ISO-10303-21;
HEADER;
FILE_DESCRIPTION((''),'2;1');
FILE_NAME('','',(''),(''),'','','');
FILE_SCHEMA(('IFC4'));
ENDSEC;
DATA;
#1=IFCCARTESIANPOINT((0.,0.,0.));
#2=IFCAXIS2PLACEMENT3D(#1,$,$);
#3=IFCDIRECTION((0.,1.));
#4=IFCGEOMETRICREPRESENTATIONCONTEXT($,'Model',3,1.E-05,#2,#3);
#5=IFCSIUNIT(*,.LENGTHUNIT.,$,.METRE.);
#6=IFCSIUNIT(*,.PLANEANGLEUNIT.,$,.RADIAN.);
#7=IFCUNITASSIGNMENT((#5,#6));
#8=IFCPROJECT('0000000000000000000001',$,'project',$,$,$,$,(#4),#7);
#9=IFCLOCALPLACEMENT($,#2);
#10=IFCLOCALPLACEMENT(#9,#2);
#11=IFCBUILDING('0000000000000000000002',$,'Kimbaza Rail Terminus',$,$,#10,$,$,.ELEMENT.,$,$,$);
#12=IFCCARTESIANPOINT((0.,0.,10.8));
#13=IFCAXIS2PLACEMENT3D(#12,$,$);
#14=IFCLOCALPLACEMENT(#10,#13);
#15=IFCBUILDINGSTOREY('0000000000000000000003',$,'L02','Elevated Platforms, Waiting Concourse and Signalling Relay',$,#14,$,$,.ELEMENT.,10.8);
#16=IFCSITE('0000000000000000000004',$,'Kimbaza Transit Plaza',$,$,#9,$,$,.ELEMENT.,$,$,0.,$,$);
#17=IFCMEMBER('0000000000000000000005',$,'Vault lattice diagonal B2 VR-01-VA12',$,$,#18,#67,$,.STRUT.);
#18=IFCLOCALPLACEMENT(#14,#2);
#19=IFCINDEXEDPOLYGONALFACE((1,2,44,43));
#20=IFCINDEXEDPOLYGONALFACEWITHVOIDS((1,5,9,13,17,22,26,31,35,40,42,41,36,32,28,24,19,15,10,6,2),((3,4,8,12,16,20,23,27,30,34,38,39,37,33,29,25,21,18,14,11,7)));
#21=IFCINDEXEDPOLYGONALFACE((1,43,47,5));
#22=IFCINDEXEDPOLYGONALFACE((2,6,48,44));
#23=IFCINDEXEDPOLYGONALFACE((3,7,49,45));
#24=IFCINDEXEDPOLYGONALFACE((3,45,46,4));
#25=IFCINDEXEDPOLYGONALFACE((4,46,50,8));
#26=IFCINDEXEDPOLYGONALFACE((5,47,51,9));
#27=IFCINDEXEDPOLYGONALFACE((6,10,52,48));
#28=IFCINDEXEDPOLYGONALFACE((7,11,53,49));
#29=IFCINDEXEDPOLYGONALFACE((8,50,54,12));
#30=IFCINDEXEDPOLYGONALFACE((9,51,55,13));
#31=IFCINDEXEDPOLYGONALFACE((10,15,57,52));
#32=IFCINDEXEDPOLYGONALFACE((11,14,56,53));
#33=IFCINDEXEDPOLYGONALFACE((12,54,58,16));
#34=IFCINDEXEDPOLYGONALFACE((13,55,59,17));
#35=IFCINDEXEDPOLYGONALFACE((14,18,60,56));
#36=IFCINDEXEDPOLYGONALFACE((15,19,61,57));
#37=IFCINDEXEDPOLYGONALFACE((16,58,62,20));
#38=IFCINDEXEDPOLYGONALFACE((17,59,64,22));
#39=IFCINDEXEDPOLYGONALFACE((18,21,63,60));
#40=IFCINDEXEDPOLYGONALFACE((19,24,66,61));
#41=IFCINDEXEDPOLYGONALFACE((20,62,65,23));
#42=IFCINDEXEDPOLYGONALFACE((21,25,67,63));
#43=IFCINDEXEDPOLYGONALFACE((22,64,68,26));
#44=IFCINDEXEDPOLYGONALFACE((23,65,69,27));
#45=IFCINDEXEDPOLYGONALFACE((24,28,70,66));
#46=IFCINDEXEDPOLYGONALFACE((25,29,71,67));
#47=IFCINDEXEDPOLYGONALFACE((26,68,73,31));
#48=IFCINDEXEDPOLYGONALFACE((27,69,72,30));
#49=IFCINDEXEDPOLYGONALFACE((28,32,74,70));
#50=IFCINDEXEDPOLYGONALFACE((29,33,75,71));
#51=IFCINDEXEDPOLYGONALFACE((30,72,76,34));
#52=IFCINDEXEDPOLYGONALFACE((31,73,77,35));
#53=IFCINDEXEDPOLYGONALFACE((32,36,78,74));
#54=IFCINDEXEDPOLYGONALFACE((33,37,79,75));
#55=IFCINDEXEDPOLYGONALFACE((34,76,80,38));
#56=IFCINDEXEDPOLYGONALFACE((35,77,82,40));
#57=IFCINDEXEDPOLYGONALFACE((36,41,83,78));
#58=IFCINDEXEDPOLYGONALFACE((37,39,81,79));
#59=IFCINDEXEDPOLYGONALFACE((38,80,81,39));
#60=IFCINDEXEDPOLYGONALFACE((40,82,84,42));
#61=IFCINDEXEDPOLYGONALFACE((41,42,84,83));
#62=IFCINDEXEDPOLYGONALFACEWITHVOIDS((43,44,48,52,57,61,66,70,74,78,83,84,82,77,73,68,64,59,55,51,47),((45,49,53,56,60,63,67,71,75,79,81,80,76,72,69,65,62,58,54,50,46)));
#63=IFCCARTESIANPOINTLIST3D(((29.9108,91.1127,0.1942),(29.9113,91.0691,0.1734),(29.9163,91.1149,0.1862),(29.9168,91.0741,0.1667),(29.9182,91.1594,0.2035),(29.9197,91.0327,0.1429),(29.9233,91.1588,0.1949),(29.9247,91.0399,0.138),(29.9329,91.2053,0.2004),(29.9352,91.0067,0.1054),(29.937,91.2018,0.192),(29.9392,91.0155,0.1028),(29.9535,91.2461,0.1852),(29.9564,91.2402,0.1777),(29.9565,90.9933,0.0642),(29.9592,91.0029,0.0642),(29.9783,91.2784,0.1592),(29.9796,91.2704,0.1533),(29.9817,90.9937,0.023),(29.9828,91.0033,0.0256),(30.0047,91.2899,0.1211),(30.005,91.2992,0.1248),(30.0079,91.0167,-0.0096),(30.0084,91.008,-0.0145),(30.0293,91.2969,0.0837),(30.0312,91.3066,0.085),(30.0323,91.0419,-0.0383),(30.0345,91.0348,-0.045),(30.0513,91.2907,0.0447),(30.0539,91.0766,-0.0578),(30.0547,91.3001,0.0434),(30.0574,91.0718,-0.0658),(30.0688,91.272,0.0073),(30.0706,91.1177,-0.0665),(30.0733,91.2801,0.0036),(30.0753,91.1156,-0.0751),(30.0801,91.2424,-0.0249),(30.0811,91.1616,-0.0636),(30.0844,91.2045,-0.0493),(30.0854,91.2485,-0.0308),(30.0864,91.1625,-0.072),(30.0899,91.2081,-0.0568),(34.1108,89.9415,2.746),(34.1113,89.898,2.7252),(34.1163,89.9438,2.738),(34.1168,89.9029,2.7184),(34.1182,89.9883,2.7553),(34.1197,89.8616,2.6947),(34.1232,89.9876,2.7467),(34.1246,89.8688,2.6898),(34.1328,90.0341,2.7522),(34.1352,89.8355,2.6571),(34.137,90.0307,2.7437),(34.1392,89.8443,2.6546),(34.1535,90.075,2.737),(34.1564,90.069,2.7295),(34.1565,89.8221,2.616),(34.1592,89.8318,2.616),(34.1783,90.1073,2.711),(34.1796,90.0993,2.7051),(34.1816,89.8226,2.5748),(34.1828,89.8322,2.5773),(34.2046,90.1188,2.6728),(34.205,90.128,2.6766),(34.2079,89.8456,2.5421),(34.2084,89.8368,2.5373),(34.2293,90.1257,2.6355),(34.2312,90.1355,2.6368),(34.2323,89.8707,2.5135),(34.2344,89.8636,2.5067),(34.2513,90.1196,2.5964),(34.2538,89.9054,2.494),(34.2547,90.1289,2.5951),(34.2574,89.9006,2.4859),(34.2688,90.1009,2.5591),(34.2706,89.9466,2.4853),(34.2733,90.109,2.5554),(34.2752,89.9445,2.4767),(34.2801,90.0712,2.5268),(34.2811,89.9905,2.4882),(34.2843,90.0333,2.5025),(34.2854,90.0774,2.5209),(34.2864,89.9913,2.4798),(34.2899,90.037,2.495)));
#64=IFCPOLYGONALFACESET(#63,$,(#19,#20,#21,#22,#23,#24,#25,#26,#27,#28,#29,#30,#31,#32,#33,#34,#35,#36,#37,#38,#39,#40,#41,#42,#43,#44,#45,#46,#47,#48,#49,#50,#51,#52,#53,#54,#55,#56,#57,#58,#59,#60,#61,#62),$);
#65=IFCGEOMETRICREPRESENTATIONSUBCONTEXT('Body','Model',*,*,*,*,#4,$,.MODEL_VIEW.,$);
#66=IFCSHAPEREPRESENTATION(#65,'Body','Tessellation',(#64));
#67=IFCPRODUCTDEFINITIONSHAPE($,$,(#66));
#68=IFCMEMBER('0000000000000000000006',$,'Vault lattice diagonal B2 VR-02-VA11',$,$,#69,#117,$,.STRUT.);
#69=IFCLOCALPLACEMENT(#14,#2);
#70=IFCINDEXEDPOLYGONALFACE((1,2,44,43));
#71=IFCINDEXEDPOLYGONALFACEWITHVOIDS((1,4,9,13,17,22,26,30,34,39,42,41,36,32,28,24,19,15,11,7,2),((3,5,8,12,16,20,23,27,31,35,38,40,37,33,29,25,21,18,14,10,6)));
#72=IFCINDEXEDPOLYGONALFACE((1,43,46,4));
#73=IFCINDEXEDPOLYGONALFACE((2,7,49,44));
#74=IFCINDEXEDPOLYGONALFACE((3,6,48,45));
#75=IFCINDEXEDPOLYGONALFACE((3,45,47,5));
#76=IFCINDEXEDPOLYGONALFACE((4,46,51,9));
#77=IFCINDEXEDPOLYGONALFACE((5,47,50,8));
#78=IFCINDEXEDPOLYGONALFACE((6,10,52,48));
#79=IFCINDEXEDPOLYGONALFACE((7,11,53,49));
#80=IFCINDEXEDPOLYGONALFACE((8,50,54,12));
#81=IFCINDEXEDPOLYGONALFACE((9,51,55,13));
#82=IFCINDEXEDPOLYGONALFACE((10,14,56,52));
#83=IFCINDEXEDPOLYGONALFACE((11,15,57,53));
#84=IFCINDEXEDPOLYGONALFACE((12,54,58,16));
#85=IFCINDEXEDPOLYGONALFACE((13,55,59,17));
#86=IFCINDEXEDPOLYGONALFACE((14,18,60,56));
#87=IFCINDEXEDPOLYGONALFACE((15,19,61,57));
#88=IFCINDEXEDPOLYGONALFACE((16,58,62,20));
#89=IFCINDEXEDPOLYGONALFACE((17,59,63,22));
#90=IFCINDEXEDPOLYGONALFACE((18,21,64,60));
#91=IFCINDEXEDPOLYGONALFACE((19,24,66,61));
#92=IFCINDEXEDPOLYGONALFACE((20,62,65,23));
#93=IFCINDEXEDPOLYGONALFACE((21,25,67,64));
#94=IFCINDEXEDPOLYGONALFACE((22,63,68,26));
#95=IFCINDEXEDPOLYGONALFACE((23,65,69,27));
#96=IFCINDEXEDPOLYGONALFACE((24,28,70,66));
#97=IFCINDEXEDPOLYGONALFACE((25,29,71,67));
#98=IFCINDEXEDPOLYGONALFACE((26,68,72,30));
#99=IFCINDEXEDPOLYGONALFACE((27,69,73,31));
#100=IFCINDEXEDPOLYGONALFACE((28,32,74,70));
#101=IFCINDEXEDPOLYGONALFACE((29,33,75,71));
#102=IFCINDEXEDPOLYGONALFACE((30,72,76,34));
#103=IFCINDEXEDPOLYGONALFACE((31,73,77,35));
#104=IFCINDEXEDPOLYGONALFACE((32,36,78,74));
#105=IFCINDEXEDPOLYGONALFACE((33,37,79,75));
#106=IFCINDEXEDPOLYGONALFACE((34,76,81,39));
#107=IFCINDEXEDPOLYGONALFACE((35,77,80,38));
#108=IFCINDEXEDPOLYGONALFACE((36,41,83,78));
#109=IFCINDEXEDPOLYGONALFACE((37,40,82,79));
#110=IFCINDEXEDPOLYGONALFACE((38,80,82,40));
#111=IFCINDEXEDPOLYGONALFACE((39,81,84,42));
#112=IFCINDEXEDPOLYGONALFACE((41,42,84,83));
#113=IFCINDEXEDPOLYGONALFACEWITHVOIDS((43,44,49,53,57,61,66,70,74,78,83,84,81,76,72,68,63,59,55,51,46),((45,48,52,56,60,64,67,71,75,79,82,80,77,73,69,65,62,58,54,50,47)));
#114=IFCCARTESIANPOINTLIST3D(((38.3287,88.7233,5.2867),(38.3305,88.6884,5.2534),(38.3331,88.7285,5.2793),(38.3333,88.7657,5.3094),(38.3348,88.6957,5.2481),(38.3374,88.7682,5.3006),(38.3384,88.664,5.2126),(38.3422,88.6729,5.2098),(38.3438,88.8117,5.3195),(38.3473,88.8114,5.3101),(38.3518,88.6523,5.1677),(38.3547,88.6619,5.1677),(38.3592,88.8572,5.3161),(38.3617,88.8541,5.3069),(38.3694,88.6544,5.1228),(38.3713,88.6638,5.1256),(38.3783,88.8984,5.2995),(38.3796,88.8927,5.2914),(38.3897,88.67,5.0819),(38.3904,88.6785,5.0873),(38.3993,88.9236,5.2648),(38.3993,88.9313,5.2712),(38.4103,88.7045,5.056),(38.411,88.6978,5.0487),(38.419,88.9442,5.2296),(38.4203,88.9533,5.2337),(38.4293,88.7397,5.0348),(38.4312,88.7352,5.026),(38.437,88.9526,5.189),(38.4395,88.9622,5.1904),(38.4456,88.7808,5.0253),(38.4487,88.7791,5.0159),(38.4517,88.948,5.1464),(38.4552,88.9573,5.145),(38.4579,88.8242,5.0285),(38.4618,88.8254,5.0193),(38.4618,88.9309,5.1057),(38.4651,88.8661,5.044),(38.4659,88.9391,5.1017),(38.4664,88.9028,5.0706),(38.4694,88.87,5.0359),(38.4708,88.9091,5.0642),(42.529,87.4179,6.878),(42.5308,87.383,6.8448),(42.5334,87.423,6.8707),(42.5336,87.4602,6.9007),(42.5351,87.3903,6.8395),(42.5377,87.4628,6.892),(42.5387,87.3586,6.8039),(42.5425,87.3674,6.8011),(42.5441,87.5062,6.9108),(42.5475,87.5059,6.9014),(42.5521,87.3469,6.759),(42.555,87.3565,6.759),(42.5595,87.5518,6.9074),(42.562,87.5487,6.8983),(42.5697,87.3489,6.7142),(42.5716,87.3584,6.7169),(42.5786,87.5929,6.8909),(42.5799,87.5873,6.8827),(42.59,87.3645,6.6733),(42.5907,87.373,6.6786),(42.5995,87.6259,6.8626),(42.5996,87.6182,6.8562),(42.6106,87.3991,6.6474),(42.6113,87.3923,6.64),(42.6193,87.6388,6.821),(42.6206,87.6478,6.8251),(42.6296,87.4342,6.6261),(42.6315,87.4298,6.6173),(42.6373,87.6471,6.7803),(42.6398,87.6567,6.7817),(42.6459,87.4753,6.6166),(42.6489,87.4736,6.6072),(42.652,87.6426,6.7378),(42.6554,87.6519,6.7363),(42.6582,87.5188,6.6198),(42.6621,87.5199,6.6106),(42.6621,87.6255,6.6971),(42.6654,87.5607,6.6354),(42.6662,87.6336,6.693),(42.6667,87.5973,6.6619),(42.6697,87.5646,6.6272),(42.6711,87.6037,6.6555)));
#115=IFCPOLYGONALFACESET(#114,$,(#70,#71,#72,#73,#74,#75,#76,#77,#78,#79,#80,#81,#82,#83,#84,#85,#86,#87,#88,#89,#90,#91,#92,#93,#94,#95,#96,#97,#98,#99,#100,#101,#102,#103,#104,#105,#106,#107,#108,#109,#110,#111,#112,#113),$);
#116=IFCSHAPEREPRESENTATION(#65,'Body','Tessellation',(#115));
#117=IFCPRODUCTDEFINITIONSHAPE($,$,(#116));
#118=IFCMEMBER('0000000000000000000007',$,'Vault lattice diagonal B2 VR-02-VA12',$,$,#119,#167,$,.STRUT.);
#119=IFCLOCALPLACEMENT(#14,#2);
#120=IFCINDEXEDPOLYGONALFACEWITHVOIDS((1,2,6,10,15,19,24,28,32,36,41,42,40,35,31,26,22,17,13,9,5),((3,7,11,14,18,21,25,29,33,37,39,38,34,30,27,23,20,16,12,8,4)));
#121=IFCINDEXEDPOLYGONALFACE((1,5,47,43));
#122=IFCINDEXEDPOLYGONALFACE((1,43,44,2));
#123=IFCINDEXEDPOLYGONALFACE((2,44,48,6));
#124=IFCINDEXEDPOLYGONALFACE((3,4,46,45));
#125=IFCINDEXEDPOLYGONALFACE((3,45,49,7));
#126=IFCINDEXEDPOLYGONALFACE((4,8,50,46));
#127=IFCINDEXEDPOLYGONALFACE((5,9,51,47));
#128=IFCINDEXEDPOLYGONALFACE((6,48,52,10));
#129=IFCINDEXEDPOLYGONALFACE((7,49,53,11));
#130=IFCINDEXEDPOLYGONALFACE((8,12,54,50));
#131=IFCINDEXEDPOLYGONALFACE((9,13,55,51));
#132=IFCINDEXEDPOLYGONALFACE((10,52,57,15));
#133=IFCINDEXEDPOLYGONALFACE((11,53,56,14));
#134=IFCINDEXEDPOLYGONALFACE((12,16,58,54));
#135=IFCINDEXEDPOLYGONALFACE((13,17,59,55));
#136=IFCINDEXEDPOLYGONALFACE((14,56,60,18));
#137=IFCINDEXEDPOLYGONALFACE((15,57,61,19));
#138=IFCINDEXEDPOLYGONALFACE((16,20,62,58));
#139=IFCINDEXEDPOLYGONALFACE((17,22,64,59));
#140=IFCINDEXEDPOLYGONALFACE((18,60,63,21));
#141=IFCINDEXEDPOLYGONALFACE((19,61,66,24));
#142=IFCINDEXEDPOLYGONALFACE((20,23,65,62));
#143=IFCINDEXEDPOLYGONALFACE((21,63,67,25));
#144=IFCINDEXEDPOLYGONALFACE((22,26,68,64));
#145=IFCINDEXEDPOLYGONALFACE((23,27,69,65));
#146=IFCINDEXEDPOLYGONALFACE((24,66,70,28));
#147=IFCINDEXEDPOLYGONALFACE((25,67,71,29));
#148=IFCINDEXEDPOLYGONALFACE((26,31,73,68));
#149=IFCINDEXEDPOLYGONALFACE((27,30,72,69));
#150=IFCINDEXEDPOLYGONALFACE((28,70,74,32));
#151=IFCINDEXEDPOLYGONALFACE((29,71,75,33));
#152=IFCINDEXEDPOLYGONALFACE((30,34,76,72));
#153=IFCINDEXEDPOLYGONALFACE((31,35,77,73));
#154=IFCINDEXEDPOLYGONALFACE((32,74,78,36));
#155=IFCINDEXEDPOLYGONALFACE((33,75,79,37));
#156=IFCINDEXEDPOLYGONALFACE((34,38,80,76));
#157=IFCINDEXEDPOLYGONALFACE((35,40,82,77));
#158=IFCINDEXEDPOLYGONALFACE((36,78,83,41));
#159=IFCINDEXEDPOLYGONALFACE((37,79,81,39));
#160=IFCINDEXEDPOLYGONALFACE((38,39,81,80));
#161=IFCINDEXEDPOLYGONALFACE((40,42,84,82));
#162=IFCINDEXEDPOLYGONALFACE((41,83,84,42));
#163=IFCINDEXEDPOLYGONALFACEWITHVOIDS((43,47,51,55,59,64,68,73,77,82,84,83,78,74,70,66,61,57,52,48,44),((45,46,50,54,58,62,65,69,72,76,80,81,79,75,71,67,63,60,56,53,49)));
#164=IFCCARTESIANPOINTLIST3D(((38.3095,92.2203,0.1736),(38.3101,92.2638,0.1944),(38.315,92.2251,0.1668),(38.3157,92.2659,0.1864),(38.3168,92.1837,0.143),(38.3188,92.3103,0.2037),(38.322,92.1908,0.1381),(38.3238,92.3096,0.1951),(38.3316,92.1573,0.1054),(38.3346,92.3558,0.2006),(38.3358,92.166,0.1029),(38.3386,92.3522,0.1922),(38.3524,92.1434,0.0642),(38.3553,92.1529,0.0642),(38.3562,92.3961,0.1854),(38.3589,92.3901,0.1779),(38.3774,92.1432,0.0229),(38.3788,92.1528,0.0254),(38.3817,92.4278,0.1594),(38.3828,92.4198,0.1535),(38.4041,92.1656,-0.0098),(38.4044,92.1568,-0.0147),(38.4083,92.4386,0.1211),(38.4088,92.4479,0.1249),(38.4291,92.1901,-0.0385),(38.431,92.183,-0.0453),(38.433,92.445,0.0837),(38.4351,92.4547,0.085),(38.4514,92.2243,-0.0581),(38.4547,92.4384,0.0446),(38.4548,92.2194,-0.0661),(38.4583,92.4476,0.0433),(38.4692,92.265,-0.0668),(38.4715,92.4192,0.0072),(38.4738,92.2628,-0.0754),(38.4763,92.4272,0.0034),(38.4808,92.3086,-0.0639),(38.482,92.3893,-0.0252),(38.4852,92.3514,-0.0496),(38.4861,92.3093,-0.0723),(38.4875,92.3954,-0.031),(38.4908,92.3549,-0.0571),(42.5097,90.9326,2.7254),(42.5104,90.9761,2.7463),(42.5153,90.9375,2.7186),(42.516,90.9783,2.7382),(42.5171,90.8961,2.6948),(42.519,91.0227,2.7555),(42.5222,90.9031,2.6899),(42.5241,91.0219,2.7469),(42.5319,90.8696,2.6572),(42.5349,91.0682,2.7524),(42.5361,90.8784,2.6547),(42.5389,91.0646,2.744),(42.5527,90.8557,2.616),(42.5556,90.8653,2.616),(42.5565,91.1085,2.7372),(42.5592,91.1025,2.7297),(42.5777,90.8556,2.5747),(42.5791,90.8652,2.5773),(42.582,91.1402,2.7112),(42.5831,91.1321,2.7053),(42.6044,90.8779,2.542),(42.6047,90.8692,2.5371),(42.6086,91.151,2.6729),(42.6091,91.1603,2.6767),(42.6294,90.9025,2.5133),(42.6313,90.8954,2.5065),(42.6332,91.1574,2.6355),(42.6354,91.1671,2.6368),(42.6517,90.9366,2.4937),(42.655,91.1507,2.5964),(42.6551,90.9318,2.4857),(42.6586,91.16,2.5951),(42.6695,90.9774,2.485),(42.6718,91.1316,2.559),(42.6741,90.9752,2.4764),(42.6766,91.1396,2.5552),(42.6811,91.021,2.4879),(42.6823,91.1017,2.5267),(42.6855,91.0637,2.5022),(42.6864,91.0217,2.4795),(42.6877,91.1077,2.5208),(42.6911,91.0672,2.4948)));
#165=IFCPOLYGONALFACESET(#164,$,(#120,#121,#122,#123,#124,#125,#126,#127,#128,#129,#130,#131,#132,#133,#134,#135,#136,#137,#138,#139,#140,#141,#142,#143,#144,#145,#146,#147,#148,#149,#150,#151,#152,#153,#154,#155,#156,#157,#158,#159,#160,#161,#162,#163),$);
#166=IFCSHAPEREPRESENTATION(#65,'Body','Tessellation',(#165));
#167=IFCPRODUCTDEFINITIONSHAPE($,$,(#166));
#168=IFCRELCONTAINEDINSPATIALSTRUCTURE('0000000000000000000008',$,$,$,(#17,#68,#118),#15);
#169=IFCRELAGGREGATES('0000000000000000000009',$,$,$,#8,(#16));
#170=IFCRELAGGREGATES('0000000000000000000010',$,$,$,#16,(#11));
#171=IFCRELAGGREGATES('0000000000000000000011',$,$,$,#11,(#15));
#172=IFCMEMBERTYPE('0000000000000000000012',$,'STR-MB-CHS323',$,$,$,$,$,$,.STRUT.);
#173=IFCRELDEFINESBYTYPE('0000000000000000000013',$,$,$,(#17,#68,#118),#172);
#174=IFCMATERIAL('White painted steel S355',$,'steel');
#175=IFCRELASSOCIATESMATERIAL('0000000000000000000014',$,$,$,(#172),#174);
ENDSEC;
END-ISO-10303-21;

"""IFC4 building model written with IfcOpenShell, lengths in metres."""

from ifc_helpers import new_model, si_unit, direction, frame, origin, origin_2d, place, context, subcontext, project, spatial, hollow_circle, extrude, material, material_profile, profile_set, type_object, element, save


model = new_model("IFC4")

# Units and contexts
model_context = context("Model", 3, precision=1e-05, world=origin(), true_north=direction((0.0, 1.0)))
body_context = subcontext(model_context, "Body", "Model", "MODEL_VIEW")
ifc_project = project(units=[si_unit("LENGTHUNIT", "METRE"), si_unit("PLANEANGLEUNIT", "RADIAN")], contexts=[model_context])

# Site, building, storey
site_placement = place(None, origin())
site = spatial("IfcSite", under=ifc_project, at=site_placement, Name="Kimbaza Transit Plaza", CompositionType="ELEMENT", RefElevation=0.0)
building_placement = place(site_placement, origin())
building = spatial("IfcBuilding", under=site, at=building_placement, Name="Kimbaza Rail Terminus", CompositionType="ELEMENT")
storey_placement = place(building_placement, frame((0.0, 0.0, 10.8)))
storey = spatial("IfcBuildingStorey", under=building, at=storey_placement, Name="L02", Description="Elevated Platforms, Waiting Concourse and Signalling Relay", CompositionType="ELEMENT", Elevation=10.8)

# Members
ifc_material_1 = material(Name="White painted steel S355", Category="steel")
ifc_material_profile_1 = material_profile(ifc_material_1, hollow_circle(Radius=0.1619, WallThickness=0.01, at=origin_2d()), Name="CHS 323.9x10")
ifc_profile_set_1 = profile_set([ifc_material_profile_1], Name="White painted steel S355")
member_type_1 = type_object("IfcMemberType", Name="STR-MB-CHS323", PredefinedType="STRUT", material=ifc_profile_set_1)
for number, where, z_axis, x_axis, name in (
    (1, (34.2, 89.978, 2.616), (-0.831345, 0.231818, -0.505099), (-0.2686, -0.963252, 0.0), "Vault lattice diagonal B2 VR-01-VA12"),
):
    element("IfcMember", number, at=place(storey_placement, frame(where, z_axis=z_axis, x_axis=x_axis)), inside=storey, type_object=member_type_1, Name=name, PredefinedType="STRUT", context=body_context, shape_type="SweptSolid", body=[
        extrude(hollow_circle(Radius=0.1619, WallThickness=0.01, at=origin_2d()), origin(), (0.0, 0.0, 1.0), 5.052),
    ])
member_1_placement = place(storey_placement, frame((42.6001, 87.5015, 6.759), z_axis=(-0.897977, 0.279091, -0.340213), x_axis=(-0.296796, -0.954941, 0.0)))
element("IfcMember", 2, at=member_1_placement, inside=storey, type_object=member_type_1, Name="Vault lattice diagonal B2 VR-02-VA11", PredefinedType="STRUT", context=body_context, shape_type="SweptSolid", body=[
    extrude(hollow_circle(Radius=0.1619, WallThickness=0.01, at=origin_2d()), origin(), (0.0, 0.0, 1.0), 4.6775),
])
member_2_placement = place(storey_placement, frame((42.6001, 91.0105, 2.616), z_axis=(-0.826736, 0.253441, -0.50227), x_axis=(-0.293094, -0.956084, 0.0)))
element("IfcMember", 3, at=member_2_placement, inside=storey, type_object=member_type_1, Name="Vault lattice diagonal B2 VR-02-VA12", PredefinedType="STRUT", context=body_context, shape_type="SweptSolid", body=[
    extrude(hollow_circle(Radius=0.1619, WallThickness=0.01, at=origin_2d()), origin(), (0.0, 0.0, 1.0), 5.0806),
])

save(model, "model.ifc")
